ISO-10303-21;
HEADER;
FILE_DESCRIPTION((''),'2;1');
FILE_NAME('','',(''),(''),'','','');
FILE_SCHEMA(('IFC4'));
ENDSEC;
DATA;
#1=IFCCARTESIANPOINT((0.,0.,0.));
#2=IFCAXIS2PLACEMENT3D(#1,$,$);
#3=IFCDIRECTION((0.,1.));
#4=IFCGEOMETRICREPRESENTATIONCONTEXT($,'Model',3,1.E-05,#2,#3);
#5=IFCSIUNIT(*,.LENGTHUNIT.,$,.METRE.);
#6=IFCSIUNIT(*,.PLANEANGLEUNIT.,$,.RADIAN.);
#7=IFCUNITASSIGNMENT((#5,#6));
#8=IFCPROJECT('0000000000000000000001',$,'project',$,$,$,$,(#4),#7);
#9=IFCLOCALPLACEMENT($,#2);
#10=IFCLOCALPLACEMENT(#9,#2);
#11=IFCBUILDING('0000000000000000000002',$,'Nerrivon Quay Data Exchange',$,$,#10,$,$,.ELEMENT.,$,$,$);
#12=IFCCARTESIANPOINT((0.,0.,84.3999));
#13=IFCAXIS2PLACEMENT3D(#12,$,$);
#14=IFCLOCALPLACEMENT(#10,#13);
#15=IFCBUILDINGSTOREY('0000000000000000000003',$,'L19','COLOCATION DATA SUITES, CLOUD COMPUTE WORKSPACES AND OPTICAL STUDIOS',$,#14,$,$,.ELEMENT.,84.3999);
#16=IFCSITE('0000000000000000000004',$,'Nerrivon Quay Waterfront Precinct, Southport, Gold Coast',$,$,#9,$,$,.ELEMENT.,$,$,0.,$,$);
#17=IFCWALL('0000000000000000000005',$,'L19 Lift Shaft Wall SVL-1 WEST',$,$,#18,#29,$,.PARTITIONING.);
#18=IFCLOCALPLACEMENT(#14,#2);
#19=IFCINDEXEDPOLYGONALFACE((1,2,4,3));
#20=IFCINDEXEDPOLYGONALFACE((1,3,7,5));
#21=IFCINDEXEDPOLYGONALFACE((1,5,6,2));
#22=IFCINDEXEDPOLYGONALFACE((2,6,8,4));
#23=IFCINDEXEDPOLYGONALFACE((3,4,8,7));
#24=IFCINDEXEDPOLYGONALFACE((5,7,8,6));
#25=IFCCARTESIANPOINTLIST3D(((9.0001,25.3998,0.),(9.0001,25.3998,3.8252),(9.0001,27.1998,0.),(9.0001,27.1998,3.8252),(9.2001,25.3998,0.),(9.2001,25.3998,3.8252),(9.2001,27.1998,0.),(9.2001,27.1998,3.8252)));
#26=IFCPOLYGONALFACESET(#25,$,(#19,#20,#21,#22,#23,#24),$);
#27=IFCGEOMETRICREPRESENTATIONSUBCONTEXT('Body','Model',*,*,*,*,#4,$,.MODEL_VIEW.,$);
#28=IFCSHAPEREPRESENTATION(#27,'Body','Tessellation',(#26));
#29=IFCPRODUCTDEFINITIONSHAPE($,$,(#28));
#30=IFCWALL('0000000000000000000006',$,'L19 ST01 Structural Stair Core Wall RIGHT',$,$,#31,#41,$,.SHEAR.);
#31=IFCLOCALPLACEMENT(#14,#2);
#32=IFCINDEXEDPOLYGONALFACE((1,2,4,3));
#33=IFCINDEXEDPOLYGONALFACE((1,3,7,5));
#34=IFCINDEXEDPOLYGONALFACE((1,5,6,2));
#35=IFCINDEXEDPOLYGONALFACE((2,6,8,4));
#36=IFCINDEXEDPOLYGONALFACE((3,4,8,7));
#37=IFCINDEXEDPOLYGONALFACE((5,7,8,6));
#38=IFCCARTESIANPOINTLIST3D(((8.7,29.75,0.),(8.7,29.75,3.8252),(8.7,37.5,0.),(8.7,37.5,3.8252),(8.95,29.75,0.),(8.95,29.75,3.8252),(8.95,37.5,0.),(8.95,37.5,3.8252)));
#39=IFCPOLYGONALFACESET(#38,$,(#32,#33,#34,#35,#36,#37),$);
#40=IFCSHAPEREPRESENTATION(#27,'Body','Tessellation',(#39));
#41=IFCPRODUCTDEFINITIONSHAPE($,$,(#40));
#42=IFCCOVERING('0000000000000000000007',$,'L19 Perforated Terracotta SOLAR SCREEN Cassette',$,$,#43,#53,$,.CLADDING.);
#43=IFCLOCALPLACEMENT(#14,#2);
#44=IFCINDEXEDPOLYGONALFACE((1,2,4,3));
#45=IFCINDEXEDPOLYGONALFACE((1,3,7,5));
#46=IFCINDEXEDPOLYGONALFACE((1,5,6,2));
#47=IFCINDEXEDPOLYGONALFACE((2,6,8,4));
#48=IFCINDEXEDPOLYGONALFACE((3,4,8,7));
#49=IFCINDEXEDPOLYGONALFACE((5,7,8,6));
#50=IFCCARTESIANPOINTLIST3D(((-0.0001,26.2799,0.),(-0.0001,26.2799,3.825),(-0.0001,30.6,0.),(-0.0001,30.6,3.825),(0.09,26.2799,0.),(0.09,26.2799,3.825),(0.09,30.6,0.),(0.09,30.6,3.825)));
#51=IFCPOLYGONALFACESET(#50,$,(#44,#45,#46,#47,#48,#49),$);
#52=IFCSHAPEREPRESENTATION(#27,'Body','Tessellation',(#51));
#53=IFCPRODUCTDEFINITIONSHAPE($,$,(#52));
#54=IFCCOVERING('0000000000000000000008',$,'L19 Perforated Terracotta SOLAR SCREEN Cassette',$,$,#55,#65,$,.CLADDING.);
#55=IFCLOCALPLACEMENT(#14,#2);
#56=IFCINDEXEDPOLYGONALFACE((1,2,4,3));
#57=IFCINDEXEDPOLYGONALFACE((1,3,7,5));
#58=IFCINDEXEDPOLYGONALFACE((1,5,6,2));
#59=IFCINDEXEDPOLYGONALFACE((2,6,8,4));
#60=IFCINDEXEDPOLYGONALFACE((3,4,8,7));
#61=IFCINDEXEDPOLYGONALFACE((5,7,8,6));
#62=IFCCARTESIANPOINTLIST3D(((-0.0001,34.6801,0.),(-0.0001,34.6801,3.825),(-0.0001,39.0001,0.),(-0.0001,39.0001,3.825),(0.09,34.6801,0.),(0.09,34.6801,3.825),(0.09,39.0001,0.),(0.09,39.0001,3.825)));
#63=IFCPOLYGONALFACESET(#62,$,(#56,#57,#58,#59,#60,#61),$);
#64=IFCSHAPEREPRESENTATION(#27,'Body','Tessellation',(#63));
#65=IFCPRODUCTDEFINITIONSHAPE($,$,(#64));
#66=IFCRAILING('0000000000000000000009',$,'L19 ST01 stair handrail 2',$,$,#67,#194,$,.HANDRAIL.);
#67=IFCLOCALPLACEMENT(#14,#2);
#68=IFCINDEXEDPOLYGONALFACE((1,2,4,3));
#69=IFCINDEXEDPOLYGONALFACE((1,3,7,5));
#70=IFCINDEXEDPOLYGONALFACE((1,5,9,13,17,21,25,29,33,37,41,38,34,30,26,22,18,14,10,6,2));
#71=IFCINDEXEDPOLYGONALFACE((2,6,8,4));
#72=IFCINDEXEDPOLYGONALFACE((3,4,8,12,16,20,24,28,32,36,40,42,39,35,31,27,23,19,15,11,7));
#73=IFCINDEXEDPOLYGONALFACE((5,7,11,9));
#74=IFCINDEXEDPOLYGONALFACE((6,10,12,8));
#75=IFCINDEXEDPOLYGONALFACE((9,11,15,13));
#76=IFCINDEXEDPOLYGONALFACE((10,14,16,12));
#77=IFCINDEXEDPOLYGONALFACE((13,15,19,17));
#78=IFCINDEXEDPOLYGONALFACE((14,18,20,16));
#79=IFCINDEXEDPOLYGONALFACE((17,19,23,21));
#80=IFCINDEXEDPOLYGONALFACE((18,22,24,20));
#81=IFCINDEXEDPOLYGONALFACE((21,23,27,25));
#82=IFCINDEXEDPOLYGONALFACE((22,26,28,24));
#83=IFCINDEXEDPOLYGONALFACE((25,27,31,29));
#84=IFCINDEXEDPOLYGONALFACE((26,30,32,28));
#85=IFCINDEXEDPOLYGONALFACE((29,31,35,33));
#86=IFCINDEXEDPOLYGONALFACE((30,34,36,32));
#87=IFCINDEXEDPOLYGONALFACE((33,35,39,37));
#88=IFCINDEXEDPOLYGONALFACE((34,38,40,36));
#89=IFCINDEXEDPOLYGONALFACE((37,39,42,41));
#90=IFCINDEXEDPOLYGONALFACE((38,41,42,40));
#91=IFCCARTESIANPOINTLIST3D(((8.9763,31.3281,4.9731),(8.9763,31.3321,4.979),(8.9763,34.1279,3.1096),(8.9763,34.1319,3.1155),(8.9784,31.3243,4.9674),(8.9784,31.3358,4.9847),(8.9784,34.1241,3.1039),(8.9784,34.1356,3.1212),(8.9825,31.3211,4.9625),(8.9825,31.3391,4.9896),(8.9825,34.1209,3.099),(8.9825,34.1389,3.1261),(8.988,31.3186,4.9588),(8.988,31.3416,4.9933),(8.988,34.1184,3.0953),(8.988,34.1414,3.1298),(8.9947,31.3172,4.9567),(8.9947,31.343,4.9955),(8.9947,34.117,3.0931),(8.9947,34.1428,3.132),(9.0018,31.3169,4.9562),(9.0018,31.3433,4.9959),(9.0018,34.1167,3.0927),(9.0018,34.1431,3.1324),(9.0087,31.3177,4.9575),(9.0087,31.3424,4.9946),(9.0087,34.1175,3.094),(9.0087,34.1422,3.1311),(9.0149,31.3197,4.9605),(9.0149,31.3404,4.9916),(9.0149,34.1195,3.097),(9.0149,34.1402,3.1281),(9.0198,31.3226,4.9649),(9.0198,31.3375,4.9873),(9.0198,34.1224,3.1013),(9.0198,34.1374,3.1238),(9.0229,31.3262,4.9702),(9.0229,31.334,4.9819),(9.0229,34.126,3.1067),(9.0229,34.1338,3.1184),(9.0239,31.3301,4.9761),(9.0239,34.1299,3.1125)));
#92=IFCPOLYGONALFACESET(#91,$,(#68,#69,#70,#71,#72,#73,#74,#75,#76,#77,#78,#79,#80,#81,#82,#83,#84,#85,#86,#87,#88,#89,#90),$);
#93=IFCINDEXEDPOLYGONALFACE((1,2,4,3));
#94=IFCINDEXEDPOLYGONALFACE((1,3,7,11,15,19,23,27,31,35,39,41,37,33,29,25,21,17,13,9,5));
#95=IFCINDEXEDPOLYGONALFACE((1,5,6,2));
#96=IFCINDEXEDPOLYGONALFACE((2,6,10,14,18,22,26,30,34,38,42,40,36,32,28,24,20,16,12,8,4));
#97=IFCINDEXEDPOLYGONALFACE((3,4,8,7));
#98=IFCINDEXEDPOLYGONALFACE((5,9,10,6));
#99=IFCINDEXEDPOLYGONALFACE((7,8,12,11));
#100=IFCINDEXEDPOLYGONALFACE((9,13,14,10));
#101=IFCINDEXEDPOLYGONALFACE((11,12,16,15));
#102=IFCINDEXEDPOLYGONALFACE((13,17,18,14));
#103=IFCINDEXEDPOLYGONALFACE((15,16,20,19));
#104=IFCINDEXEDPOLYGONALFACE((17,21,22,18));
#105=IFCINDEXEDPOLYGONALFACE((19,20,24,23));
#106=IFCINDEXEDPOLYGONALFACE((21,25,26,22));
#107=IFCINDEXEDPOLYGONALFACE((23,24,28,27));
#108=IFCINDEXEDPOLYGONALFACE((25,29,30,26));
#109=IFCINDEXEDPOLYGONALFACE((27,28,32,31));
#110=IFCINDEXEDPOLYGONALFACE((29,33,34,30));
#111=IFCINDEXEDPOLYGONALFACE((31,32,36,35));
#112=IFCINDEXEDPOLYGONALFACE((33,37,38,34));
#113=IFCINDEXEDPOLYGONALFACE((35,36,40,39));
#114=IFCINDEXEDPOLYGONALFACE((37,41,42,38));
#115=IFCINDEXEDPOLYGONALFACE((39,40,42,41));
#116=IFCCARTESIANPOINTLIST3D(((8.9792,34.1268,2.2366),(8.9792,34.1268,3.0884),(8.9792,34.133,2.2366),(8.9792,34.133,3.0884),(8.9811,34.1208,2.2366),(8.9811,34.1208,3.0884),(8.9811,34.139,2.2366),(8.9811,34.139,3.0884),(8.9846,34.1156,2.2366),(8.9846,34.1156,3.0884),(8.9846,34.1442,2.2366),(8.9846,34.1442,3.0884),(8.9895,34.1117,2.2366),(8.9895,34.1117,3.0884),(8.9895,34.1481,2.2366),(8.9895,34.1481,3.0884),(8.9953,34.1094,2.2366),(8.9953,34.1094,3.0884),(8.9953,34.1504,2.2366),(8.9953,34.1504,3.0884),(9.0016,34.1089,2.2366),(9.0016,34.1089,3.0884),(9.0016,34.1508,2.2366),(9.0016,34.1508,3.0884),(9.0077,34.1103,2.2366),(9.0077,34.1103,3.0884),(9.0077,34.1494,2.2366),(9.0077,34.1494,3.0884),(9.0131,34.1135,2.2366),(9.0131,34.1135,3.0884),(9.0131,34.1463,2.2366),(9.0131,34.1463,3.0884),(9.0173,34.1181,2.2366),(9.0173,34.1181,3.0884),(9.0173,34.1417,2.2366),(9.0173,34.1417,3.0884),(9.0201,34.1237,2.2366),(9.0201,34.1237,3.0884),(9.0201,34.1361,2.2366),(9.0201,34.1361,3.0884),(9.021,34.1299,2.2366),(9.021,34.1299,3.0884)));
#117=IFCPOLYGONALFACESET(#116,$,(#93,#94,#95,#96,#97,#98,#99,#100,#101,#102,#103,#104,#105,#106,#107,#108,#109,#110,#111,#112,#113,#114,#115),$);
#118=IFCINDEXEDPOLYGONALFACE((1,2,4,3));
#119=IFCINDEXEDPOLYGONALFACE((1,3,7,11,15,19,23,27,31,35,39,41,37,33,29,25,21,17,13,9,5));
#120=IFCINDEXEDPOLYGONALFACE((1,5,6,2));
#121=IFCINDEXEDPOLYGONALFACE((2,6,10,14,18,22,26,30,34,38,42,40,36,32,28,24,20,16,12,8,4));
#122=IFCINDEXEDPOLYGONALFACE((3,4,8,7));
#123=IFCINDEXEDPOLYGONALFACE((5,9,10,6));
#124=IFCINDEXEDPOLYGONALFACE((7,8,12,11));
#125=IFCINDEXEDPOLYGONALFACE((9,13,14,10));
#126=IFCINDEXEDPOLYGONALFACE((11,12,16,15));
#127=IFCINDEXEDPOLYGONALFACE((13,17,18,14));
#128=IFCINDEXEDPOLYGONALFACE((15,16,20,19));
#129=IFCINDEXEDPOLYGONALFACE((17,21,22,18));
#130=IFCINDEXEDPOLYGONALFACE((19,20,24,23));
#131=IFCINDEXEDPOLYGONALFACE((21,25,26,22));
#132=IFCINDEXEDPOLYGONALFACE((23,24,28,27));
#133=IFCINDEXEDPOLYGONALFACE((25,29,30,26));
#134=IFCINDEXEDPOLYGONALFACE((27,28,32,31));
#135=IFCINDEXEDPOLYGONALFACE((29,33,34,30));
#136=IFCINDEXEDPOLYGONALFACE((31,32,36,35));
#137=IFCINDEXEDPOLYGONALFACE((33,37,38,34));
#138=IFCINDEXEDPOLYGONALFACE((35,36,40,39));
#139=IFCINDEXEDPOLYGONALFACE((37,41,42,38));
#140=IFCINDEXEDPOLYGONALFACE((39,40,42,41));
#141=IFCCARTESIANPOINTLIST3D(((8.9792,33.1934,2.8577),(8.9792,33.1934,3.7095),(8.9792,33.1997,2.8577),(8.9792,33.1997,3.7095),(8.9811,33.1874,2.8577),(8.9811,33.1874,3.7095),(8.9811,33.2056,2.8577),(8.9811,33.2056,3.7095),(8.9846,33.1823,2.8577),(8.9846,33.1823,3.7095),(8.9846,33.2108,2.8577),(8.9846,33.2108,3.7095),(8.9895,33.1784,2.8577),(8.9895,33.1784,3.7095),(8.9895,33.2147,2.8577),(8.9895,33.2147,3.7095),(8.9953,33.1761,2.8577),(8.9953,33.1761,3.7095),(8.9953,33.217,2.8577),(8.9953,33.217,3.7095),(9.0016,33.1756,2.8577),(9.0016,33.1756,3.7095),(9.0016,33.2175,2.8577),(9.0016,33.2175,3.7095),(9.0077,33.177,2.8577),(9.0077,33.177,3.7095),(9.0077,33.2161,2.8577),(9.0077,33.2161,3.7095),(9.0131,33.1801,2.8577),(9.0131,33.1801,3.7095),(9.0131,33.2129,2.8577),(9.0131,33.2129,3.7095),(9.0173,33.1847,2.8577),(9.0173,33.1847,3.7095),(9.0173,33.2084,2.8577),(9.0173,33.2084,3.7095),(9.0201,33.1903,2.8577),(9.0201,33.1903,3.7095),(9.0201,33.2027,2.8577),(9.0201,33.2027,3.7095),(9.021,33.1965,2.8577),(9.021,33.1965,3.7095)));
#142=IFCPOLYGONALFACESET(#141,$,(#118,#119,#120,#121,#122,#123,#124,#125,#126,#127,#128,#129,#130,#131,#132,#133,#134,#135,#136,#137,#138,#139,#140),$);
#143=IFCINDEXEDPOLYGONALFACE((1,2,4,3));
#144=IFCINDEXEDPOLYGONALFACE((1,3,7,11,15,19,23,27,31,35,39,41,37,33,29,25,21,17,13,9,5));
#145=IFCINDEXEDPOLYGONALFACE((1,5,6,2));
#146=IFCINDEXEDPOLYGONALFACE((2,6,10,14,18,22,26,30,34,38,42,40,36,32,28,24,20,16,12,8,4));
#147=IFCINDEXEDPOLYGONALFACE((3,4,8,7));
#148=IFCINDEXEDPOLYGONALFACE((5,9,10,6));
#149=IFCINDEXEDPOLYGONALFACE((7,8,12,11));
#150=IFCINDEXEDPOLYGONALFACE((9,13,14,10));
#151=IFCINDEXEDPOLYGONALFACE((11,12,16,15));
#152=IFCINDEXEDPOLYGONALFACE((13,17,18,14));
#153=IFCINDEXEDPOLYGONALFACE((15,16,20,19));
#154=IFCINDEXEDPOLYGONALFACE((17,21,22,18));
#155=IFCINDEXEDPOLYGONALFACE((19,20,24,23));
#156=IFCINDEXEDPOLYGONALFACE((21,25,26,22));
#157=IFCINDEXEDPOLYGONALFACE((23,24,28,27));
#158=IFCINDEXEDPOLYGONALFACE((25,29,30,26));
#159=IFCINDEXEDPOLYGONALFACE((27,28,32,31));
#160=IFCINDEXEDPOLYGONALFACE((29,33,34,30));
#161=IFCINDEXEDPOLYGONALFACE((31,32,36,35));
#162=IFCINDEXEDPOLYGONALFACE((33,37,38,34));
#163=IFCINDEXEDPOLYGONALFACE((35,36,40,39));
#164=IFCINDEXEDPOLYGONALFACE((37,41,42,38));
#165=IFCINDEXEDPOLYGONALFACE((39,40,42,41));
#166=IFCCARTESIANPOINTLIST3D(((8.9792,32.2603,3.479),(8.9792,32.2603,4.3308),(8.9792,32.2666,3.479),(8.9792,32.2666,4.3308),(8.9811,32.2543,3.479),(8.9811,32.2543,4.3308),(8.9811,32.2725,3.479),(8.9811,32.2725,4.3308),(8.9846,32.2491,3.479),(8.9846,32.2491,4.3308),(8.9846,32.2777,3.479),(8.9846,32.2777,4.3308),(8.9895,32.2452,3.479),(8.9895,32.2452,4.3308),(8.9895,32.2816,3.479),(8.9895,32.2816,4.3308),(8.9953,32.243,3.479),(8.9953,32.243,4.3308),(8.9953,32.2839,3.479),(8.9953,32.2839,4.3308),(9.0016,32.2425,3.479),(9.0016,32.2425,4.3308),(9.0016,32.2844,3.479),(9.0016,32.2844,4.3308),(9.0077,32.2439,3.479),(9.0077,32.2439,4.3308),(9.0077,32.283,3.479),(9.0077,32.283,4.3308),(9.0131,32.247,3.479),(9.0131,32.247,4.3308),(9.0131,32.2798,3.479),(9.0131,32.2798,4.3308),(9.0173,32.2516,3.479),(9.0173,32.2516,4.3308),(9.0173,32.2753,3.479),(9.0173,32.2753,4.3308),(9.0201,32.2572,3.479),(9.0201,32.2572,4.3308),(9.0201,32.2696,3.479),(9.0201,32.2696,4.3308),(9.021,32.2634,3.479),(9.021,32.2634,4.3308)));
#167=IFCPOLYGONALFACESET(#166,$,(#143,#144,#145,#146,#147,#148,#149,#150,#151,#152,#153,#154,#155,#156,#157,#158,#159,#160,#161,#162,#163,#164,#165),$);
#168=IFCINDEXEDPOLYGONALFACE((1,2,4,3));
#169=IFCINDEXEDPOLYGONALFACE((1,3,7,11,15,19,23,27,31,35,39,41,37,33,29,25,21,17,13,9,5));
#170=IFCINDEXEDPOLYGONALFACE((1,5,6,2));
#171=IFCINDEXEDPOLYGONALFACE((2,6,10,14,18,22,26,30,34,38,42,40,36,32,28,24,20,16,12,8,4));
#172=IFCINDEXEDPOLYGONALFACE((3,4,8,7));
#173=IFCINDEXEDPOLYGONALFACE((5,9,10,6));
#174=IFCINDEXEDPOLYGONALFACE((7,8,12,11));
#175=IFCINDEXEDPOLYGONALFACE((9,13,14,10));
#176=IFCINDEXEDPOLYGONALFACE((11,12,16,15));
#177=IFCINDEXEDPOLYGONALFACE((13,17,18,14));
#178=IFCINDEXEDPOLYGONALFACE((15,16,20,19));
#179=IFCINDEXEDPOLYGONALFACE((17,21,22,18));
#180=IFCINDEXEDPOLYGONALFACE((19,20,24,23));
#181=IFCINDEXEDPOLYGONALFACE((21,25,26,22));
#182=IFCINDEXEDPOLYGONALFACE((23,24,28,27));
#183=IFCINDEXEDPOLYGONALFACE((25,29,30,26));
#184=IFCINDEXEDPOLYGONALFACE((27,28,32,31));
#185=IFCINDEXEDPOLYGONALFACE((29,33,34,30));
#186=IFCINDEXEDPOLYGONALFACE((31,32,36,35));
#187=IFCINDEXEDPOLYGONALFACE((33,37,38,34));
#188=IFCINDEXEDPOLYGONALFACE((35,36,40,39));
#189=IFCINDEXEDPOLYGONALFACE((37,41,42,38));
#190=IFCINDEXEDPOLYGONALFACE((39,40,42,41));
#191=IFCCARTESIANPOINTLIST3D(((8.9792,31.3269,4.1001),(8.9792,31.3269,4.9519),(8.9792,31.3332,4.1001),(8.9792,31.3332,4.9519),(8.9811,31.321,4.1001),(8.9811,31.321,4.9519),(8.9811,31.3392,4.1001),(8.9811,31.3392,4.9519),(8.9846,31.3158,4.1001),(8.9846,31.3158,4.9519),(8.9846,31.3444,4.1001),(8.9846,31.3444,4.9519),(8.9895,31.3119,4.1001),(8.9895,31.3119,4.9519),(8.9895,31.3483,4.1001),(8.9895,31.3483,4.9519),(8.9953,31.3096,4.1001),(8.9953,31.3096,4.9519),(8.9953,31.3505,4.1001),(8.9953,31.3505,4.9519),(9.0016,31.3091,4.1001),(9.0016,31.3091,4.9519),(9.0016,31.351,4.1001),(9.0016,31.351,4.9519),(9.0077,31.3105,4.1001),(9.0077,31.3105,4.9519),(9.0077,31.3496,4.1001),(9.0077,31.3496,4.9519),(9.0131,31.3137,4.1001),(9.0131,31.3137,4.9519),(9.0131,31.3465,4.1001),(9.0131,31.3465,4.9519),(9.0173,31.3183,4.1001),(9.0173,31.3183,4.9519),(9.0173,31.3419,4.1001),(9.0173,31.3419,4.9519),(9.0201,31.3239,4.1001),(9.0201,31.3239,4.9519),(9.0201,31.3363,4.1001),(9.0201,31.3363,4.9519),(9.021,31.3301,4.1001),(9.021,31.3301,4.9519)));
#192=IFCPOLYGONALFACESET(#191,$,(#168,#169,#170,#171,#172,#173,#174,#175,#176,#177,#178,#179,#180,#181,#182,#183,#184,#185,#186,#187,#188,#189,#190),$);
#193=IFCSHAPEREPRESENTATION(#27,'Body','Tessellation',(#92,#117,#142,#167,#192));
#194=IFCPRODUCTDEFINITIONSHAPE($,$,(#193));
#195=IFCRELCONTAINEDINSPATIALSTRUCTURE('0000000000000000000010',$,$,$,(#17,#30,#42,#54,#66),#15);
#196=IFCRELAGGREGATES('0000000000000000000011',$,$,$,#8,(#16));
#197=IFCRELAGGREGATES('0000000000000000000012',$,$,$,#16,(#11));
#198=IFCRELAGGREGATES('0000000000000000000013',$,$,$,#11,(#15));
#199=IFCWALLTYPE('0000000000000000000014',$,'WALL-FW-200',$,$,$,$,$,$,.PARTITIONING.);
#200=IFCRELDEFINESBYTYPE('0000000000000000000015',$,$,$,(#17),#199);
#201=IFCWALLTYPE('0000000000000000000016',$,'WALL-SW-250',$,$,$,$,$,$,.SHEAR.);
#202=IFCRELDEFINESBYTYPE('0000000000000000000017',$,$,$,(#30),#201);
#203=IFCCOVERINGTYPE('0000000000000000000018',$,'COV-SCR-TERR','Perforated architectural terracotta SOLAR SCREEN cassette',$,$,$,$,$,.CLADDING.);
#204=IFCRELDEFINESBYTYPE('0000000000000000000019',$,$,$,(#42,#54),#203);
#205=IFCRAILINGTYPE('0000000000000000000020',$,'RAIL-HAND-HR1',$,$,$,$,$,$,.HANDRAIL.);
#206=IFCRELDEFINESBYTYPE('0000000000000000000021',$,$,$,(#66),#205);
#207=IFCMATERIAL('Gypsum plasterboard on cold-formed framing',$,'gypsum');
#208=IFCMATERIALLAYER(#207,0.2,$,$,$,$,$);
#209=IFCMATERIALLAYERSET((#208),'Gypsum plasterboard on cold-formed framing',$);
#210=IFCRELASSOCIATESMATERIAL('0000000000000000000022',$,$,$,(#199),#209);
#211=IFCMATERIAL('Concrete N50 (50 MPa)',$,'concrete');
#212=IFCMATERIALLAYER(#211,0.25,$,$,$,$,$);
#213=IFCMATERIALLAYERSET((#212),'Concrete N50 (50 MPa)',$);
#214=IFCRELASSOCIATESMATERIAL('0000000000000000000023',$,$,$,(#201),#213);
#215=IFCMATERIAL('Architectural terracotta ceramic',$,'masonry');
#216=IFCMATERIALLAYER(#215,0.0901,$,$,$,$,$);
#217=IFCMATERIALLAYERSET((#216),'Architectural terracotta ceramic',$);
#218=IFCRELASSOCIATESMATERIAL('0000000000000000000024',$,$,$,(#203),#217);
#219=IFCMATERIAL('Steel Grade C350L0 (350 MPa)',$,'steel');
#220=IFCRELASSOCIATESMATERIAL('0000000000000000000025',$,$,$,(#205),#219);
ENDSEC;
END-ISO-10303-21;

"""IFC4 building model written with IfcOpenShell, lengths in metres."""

from ifc_helpers import new_model, si_unit, direction, frame, frame_2d, origin, origin_2d, place, context, subcontext, project, spatial, rectangle, circle, extrude, material, layer, layer_set, type_object, element, save


model = new_model("IFC4")

# Units and contexts
model_context = context("Model", 3, precision=1e-05, world=origin(), true_north=direction((0.0, 1.0)))
body_context = subcontext(model_context, "Body", "Model", "MODEL_VIEW")
ifc_project = project(units=[si_unit("LENGTHUNIT", "METRE"), si_unit("PLANEANGLEUNIT", "RADIAN")], contexts=[model_context])

# Site, building, storey
site_placement = place(None, origin())
site = spatial("IfcSite", under=ifc_project, at=site_placement, Name="Nerrivon Quay Waterfront Precinct, Southport, Gold Coast", CompositionType="ELEMENT", RefElevation=0.0)
building_placement = place(site_placement, origin())
building = spatial("IfcBuilding", under=site, at=building_placement, Name="Nerrivon Quay Data Exchange", CompositionType="ELEMENT")
storey_placement = place(building_placement, frame((0.0, 0.0, 84.3999)))
storey = spatial("IfcBuildingStorey", under=building, at=storey_placement, Name="L19", Description="COLOCATION DATA SUITES, CLOUD COMPUTE WORKSPACES AND OPTICAL STUDIOS", CompositionType="ELEMENT", Elevation=84.3999)

# Walls
ifc_material_1 = material(Name="Gypsum plasterboard on cold-formed framing", Category="gypsum")
ifc_layer_1 = layer(ifc_material_1, 0.2)
ifc_layer_set_1 = layer_set([ifc_layer_1], Name="Gypsum plasterboard on cold-formed framing")
wall_type_1 = type_object("IfcWallType", Name="WALL-FW-200", PredefinedType="PARTITIONING", material=ifc_layer_set_1)
wall_1_placement = place(storey_placement, frame((9.1001, 25.3999, 0.0), z_axis=(0.0, 0.0, 1.0), x_axis=(0.0, 1.0, 0.0)))
element("IfcWall", 1, at=wall_1_placement, inside=storey, type_object=wall_type_1, Name="L19 Lift Shaft Wall SVL-1 WEST", PredefinedType="PARTITIONING", context=body_context, shape_type="SweptSolid", body=[
    extrude(rectangle(XDim=1.8, YDim=0.2, at=frame_2d((0.8999, 0.0))), origin(), (0.0, 0.0, 1.0), 3.8252),
])
ifc_material_2 = material(Name="Concrete N50 (50 MPa)", Category="concrete")
ifc_layer_2 = layer(ifc_material_2, 0.25)
ifc_layer_set_2 = layer_set([ifc_layer_2], Name="Concrete N50 (50 MPa)")
wall_type_2 = type_object("IfcWallType", Name="WALL-SW-250", PredefinedType="SHEAR", material=ifc_layer_set_2)
wall_2_placement = place(storey_placement, frame((8.825, 29.75, 0.0), z_axis=(0.0, 0.0, 1.0), x_axis=(0.0, 1.0, 0.0)))
element("IfcWall", 2, at=wall_2_placement, inside=storey, type_object=wall_type_2, Name="L19 ST01 Structural Stair Core Wall RIGHT", PredefinedType="SHEAR", context=body_context, shape_type="SweptSolid", body=[
    extrude(rectangle(XDim=7.75, YDim=0.25, at=frame_2d((3.875, 0.0))), origin(), (0.0, 0.0, 1.0), 3.8252),
])

# Coverings
ifc_material_3 = material(Name="Architectural terracotta ceramic", Category="masonry")
ifc_layer_3 = layer(ifc_material_3, 0.0901)
ifc_layer_set_3 = layer_set([ifc_layer_3], Name="Architectural terracotta ceramic")
covering_type = type_object("IfcCoveringType", Name="COV-SCR-TERR", Description="Perforated architectural terracotta SOLAR SCREEN cassette", PredefinedType="CLADDING", material=ifc_layer_set_3)
for number, where, z_axis, x_axis, name in (
    (3, (0.0449, 28.4399, 0.0), (0.0, 0.0, 1.0), (0.0, 1.0, 0.0), "L19 Perforated Terracotta SOLAR SCREEN Cassette"),
    (4, (0.0449, 36.8401, 0.0), (0.0, 0.0, 1.0), (0.0, 1.0, 0.0), "L19 Perforated Terracotta SOLAR SCREEN Cassette"),
):
    element("IfcCovering", number, at=place(storey_placement, frame(where, z_axis=z_axis, x_axis=x_axis)), inside=storey, type_object=covering_type, Name=name, PredefinedType="CLADDING", context=body_context, shape_type="SweptSolid", body=[
        extrude(rectangle(XDim=4.3201, YDim=0.0901, at=origin_2d()), origin(), (0.0, 0.0, 1.0), 3.825),
    ])

# Railing
ifc_material_4 = material(Name="Steel Grade C350L0 (350 MPa)", Category="steel")
railing_type = type_object("IfcRailingType", Name="RAIL-HAND-HR1", PredefinedType="HANDRAIL", material=ifc_material_4)
railing_placement = place(storey_placement, frame((9.0, 34.1299, 2.2366)))
element("IfcRailing", 5, at=railing_placement, inside=storey, type_object=railing_type, Name="L19 ST01 stair handrail 2", PredefinedType="HANDRAIL", context=body_context, shape_type="SweptSolid", body=[
    extrude(circle(Radius=0.0239, at=origin_2d()), frame((0.0, 0.0, 0.876), z_axis=(0.0, -0.832463, 0.55408), x_axis=(1.0, 0.0, 0.0)), (0.0, 0.0, 1.0), 3.3633),
    extrude(circle(Radius=0.021, at=origin_2d()), origin(), (0.0, 0.0, 1.0), 0.8518),
    extrude(circle(Radius=0.021, at=origin_2d()), frame((0.0, -0.9333, 0.6211)), (0.0, 0.0, 1.0), 0.8518),
    extrude(circle(Radius=0.021, at=origin_2d()), frame((0.0, -1.8665, 1.2424)), (0.0, 0.0, 1.0), 0.8518),
    extrude(circle(Radius=0.021, at=origin_2d()), frame((0.0, -2.7998, 1.8635)), (0.0, 0.0, 1.0), 0.8518),
])

save(model, "model.ifc")
